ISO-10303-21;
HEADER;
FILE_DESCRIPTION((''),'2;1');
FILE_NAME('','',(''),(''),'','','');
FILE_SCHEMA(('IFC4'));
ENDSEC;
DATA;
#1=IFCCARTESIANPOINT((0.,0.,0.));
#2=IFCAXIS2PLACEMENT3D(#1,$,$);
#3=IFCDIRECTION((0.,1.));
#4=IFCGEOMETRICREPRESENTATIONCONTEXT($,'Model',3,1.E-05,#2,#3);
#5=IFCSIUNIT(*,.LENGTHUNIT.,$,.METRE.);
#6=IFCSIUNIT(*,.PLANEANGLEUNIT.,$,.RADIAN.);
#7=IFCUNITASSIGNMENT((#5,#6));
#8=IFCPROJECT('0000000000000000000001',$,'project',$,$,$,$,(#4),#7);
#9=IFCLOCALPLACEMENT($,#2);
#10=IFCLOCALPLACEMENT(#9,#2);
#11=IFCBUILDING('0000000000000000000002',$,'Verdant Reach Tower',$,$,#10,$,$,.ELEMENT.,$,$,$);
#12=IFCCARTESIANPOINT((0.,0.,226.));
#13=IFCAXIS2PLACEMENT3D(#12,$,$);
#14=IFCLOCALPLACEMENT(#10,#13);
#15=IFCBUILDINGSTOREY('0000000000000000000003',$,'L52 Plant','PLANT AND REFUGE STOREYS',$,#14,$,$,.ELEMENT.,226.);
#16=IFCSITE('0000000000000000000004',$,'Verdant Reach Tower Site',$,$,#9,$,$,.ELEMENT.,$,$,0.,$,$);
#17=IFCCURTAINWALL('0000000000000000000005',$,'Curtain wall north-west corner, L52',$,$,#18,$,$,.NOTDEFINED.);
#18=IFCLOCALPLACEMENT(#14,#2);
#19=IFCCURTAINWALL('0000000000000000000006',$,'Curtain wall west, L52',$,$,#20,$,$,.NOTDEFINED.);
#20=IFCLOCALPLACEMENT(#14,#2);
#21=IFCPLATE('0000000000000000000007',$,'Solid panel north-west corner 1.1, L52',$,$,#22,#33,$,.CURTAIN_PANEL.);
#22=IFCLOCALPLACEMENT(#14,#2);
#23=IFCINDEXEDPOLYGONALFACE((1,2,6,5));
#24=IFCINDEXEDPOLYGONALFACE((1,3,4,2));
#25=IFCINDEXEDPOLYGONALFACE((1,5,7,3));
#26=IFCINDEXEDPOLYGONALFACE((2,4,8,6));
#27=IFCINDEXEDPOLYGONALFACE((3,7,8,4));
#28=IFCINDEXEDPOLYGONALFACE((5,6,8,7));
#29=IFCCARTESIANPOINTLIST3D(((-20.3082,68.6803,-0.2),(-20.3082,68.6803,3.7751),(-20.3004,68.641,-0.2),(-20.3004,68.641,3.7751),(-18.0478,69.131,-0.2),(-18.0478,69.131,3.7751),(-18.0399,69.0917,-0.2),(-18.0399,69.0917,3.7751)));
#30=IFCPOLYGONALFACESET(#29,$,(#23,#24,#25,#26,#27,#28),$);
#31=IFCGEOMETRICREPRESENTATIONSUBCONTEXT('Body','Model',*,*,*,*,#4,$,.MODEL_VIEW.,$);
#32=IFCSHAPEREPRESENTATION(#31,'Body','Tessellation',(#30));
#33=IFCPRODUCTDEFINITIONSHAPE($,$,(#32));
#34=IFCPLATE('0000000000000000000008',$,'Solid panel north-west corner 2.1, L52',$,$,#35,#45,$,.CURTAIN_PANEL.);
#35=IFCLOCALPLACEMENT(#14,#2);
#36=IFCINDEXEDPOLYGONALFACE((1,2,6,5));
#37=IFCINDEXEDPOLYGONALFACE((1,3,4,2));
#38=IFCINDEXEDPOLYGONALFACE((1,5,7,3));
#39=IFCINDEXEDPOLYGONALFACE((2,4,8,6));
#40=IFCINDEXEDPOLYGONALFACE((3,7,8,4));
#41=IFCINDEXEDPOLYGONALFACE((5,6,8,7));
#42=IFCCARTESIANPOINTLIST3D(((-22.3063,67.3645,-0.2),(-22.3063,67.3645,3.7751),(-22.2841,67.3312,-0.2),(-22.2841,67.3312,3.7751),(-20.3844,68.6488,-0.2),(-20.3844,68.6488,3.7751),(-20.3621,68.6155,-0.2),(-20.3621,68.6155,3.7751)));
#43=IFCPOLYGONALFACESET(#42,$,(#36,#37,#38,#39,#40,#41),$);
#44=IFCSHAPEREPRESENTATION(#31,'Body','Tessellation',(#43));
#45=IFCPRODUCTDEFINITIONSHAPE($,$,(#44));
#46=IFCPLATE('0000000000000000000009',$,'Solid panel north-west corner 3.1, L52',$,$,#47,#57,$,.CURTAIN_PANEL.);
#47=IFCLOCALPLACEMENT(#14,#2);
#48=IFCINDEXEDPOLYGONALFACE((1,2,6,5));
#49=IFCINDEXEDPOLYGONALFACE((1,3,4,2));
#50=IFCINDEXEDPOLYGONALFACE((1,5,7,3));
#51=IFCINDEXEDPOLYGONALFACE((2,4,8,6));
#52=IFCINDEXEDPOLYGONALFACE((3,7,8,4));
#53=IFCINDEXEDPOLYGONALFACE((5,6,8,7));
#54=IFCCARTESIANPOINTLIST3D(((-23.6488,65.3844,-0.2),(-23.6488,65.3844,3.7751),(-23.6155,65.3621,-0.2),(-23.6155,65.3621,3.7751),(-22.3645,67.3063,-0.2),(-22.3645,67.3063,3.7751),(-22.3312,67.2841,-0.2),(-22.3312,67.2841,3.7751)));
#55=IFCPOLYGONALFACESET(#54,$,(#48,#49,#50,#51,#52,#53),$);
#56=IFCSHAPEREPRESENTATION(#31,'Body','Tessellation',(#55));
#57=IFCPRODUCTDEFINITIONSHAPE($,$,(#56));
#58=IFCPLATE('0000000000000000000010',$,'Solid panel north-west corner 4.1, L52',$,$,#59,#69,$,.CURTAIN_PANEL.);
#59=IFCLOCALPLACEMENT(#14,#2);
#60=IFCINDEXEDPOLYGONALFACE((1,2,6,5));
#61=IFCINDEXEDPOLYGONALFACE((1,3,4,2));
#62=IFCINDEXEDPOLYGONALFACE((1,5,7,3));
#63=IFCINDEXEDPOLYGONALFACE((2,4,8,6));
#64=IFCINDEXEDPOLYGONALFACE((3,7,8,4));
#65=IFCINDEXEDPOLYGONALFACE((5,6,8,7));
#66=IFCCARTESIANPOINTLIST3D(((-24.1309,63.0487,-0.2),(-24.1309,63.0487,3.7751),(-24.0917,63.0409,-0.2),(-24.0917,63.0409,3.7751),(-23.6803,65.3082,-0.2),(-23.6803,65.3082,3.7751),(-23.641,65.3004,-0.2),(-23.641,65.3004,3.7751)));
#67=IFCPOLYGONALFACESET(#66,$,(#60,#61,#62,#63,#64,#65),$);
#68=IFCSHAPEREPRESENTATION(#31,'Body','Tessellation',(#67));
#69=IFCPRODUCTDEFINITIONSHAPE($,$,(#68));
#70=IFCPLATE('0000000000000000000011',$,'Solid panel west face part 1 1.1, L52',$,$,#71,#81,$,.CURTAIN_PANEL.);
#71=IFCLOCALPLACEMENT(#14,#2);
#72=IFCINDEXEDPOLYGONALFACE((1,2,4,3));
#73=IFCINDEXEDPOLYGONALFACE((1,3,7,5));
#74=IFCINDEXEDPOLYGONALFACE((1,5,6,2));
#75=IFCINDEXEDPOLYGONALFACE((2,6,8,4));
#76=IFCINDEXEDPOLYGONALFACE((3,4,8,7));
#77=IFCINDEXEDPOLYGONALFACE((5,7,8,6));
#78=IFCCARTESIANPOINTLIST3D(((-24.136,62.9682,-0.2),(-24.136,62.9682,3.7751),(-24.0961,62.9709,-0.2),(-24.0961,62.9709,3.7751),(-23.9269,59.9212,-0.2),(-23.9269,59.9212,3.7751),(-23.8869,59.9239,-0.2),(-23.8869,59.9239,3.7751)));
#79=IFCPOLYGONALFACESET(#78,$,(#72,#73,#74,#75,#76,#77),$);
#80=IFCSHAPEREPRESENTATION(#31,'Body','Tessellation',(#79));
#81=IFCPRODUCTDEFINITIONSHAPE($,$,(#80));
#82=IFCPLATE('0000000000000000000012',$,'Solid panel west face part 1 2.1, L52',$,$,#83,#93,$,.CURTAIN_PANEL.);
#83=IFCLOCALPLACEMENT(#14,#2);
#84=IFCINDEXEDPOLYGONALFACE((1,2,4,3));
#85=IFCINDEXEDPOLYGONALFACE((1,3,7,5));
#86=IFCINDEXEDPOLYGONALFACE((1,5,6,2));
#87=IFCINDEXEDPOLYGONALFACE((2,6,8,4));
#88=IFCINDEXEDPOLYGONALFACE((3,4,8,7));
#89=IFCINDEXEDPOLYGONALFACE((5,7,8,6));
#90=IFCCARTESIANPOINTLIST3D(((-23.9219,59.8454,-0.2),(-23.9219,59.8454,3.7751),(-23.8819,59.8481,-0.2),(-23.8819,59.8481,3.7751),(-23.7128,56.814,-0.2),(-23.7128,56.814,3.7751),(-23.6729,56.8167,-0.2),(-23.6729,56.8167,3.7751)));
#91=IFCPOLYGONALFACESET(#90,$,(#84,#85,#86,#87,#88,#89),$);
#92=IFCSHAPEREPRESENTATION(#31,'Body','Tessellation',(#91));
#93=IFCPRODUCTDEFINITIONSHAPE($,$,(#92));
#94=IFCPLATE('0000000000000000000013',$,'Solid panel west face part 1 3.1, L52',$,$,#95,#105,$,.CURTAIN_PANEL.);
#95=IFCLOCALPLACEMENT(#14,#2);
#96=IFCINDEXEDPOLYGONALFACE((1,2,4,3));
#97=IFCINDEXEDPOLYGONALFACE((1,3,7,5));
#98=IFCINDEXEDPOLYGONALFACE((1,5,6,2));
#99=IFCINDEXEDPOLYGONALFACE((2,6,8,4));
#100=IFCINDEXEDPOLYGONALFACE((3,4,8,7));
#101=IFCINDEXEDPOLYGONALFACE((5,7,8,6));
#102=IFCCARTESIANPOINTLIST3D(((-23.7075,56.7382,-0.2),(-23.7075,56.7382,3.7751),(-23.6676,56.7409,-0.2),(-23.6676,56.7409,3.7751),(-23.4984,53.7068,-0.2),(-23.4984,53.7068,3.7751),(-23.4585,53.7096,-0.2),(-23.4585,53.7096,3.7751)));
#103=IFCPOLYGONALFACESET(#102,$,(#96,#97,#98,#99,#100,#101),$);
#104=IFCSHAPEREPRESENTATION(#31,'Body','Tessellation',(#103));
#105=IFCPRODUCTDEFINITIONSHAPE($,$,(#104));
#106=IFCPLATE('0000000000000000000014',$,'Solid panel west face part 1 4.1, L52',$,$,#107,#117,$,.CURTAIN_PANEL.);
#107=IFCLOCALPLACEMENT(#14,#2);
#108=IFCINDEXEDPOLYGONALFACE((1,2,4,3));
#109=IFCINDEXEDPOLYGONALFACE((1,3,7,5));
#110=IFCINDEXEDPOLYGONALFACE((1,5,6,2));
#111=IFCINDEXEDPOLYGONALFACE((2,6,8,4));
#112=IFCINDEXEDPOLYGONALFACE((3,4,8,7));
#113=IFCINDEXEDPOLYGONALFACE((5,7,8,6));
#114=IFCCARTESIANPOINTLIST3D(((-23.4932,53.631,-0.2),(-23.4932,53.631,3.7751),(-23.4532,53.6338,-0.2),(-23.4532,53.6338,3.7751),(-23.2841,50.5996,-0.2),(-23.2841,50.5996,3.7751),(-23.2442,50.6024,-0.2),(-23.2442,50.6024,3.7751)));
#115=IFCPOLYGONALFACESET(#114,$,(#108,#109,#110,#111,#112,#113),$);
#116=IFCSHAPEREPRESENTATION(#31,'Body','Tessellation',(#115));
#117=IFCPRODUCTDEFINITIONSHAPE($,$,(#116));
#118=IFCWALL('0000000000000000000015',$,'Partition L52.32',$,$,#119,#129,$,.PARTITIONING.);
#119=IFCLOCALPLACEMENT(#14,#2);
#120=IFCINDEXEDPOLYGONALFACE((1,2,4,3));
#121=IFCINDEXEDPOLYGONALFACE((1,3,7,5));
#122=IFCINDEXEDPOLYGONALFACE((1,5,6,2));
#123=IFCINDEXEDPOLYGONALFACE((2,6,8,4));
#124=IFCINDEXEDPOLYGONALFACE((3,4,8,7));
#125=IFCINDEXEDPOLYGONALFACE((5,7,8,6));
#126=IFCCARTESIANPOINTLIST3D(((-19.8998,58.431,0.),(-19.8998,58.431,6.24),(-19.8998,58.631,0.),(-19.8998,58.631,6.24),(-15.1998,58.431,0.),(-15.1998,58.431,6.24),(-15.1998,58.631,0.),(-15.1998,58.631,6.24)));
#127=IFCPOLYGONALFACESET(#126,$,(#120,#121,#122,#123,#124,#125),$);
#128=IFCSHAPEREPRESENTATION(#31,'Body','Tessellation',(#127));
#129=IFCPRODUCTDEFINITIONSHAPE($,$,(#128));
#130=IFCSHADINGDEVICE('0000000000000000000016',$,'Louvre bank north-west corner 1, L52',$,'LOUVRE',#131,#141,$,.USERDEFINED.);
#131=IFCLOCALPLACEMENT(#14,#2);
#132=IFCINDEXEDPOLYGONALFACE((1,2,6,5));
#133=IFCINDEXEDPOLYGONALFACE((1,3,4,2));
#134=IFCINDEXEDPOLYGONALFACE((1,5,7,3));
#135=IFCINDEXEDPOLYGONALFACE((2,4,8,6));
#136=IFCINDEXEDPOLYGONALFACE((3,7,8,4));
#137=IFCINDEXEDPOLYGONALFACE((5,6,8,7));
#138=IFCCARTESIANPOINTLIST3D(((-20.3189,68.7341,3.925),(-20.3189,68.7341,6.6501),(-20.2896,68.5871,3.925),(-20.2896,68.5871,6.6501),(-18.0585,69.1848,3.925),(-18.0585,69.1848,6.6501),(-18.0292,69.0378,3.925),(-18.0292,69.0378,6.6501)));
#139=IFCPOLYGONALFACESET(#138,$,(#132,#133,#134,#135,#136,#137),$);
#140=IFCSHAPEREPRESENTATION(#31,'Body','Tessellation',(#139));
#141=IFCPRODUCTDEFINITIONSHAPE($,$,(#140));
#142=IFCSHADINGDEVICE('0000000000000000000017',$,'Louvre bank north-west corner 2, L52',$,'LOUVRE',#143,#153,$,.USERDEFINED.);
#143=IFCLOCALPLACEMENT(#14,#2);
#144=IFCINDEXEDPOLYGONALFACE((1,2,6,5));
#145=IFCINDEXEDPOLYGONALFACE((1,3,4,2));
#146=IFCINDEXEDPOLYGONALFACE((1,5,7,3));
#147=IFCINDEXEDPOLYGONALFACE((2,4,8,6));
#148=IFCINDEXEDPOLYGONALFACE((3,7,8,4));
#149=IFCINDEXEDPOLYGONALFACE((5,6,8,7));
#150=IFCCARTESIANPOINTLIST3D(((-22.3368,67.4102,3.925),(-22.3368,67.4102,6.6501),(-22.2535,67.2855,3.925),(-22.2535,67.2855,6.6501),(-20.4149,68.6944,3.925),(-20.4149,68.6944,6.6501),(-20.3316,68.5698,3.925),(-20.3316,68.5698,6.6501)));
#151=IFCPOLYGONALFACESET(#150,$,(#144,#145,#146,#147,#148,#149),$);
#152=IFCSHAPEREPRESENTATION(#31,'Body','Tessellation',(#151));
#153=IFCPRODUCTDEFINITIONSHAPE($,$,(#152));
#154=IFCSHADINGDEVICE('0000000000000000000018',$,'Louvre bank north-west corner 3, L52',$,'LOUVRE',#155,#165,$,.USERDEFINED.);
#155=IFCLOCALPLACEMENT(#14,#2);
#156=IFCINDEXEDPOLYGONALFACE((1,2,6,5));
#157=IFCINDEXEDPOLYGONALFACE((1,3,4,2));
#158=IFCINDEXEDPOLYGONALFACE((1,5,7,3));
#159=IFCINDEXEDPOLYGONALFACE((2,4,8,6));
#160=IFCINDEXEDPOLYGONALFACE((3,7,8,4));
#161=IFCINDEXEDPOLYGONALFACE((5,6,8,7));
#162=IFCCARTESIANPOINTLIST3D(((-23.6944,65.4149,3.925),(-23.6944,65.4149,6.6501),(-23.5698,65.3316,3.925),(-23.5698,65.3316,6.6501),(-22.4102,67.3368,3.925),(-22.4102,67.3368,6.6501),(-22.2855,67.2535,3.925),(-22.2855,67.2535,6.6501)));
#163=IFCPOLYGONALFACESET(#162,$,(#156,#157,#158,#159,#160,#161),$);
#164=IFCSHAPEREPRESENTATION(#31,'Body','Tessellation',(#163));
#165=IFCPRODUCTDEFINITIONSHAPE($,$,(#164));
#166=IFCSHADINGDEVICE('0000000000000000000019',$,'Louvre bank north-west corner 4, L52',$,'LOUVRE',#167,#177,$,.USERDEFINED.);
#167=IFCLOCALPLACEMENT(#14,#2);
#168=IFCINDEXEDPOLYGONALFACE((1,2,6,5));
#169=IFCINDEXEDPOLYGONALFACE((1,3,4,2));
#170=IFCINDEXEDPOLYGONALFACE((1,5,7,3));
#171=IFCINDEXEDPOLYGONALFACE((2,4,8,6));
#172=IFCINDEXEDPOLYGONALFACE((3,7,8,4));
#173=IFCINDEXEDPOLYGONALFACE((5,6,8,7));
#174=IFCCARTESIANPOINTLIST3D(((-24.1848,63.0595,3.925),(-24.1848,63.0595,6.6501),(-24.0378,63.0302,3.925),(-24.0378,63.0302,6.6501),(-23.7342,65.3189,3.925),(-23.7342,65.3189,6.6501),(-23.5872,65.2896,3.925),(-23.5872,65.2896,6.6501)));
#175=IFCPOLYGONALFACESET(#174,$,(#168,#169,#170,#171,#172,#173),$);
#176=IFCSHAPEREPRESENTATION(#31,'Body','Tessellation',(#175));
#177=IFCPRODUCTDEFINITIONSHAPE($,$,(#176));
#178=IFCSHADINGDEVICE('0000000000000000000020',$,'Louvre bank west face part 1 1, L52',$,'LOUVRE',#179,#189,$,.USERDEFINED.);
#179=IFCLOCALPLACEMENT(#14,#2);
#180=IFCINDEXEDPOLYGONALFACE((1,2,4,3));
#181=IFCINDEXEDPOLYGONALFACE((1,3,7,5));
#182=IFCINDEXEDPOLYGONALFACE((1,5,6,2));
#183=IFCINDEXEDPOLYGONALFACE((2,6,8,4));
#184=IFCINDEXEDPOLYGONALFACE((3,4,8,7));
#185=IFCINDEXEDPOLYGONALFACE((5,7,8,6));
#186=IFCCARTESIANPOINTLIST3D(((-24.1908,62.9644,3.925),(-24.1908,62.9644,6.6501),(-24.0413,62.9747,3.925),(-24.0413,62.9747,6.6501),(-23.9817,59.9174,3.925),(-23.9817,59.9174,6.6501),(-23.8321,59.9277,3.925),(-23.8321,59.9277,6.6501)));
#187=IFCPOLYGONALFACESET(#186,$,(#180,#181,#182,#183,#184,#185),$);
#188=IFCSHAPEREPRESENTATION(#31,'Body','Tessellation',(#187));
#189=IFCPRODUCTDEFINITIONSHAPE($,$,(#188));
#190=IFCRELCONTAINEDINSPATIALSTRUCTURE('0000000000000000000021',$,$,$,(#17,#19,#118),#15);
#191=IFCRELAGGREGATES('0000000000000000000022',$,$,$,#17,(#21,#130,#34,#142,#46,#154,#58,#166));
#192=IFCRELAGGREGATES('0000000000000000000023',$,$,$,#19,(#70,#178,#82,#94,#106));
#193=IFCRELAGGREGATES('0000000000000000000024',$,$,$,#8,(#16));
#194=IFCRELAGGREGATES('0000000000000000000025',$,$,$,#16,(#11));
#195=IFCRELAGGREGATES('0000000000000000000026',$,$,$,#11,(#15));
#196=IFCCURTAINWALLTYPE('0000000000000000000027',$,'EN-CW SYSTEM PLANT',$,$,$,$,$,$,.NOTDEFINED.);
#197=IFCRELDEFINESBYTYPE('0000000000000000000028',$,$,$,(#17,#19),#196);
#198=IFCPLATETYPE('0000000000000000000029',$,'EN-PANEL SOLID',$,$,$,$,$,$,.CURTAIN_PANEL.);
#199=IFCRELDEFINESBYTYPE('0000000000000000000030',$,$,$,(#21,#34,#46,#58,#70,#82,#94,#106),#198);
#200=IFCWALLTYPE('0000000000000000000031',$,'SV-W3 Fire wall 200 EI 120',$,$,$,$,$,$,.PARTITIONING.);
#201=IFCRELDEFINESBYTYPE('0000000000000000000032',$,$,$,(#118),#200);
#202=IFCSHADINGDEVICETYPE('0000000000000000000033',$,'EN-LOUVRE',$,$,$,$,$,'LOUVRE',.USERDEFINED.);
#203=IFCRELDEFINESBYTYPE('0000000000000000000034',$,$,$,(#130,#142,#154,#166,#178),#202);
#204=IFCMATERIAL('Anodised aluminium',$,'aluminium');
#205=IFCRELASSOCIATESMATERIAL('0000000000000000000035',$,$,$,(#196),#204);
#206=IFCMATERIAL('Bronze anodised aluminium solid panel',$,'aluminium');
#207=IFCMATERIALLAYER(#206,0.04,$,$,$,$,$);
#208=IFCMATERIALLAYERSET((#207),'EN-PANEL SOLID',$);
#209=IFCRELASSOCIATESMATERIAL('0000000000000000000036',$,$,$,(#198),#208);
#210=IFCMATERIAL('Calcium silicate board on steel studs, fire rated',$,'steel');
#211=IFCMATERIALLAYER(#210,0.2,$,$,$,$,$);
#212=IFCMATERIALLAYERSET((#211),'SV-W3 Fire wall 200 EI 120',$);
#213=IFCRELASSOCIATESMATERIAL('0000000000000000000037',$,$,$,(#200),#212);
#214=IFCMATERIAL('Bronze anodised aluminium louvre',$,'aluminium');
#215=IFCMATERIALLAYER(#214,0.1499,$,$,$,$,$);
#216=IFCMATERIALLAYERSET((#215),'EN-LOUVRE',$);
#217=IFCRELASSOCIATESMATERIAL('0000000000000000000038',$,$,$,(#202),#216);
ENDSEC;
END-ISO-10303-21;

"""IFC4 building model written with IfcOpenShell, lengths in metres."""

from ifc_helpers import new_model, si_unit, direction, frame, frame_2d, origin, origin_2d, place, context, subcontext, project, spatial, rectangle, extrude, material, layer, layer_set, type_object, element, aggregate, save


model = new_model("IFC4")

# Units and contexts
model_context = context("Model", 3, precision=1e-05, world=origin(), true_north=direction((0.0, 1.0)))
body_context = subcontext(model_context, "Body", "Model", "MODEL_VIEW")
ifc_project = project(units=[si_unit("LENGTHUNIT", "METRE"), si_unit("PLANEANGLEUNIT", "RADIAN")], contexts=[model_context])

# Site, building, storey
site_placement = place(None, origin())
site = spatial("IfcSite", under=ifc_project, at=site_placement, Name="Verdant Reach Tower Site", CompositionType="ELEMENT", RefElevation=0.0)
building_placement = place(site_placement, origin())
building = spatial("IfcBuilding", under=site, at=building_placement, Name="Verdant Reach Tower", CompositionType="ELEMENT")
storey_placement = place(building_placement, frame((0.0, 0.0, 226.0)))
storey = spatial("IfcBuildingStorey", under=building, at=storey_placement, Name="L52 Plant", Description="PLANT AND REFUGE STOREYS", CompositionType="ELEMENT", Elevation=226.0)

# Curtain walls
ifc_material_1 = material(Name="Anodised aluminium", Category="aluminium")
curtain_wall_type = type_object("IfcCurtainWallType", Name="EN-CW SYSTEM PLANT", PredefinedType="NOTDEFINED", material=ifc_material_1)
curtain_wall_1_placement = place(storey_placement, origin())
curtain_wall_1 = element("IfcCurtainWall", 1, at=curtain_wall_1_placement, inside=storey, type_object=curtain_wall_type, Name="Curtain wall north-west corner, L52", PredefinedType="NOTDEFINED")
curtain_wall_2_placement = place(storey_placement, origin())
curtain_wall_2 = element("IfcCurtainWall", 2, at=curtain_wall_2_placement, inside=storey, type_object=curtain_wall_type, Name="Curtain wall west, L52", PredefinedType="NOTDEFINED")

# Plates
ifc_material_2 = material(Name="Bronze anodised aluminium solid panel", Category="aluminium")
ifc_layer_1 = layer(ifc_material_2, 0.04)
ifc_layer_set_1 = layer_set([ifc_layer_1], Name="EN-PANEL SOLID")
plate_type = type_object("IfcPlateType", Name="EN-PANEL SOLID", PredefinedType="CURTAIN_PANEL", material=ifc_layer_set_1)
plate_1_placement = place(storey_placement, frame((-19.1741, 68.886, -0.2), z_axis=(0.0, 0.0, 1.0), x_axis=(-0.980695, -0.195545, 0.0)))
plate_1 = element("IfcPlate", 3, at=plate_1_placement, type_object=plate_type, Name="Solid panel north-west corner 1.1, L52", PredefinedType="CURTAIN_PANEL", context=body_context, shape_type="SweptSolid", body=[
    extrude(rectangle(XDim=2.3049, YDim=0.04, at=origin_2d()), origin(), (0.0, 0.0, 1.0), 3.9751),
])
plate_2_placement = place(storey_placement, frame((-21.3342, 67.99, -0.2), z_axis=(0.0, 0.0, 1.0), x_axis=(-0.831452, -0.555596, 0.0)))
plate_2 = element("IfcPlate", 4, at=plate_2_placement, type_object=plate_type, Name="Solid panel north-west corner 2.1, L52", PredefinedType="CURTAIN_PANEL", context=body_context, shape_type="SweptSolid", body=[
    extrude(rectangle(XDim=2.3115, YDim=0.04, at=origin_2d()), origin(), (0.0, 0.0, 1.0), 3.9751),
])
plate_3_placement = place(storey_placement, frame((-22.99, 66.3342, -0.2), z_axis=(0.0, 0.0, 1.0), x_axis=(-0.555596, -0.831452, 0.0)))
plate_3 = element("IfcPlate", 5, at=plate_3_placement, type_object=plate_type, Name="Solid panel north-west corner 3.1, L52", PredefinedType="CURTAIN_PANEL", context=body_context, shape_type="SweptSolid", body=[
    extrude(rectangle(XDim=2.3115, YDim=0.04, at=origin_2d()), origin(), (0.0, 0.0, 1.0), 3.9751),
])
plate_4_placement = place(storey_placement, frame((-23.886, 64.1746, -0.2), z_axis=(0.0, 0.0, 1.0), x_axis=(-0.195593, -0.980685, 0.0)))
plate_4 = element("IfcPlate", 6, at=plate_4_placement, type_object=plate_type, Name="Solid panel north-west corner 4.1, L52", PredefinedType="CURTAIN_PANEL", context=body_context, shape_type="SweptSolid", body=[
    extrude(rectangle(XDim=2.304, YDim=0.04, at=origin_2d()), origin(), (0.0, 0.0, 1.0), 3.9751),
])
plate_5_placement = place(storey_placement, frame((-24.0115, 61.446, -0.2), z_axis=(0.0, 0.0, 1.0), x_axis=(0.068469, -0.997653, 0.0)))
plate_5 = element("IfcPlate", 7, at=plate_5_placement, type_object=plate_type, Name="Solid panel west face part 1 1.1, L52", PredefinedType="CURTAIN_PANEL", context=body_context, shape_type="SweptSolid", body=[
    extrude(rectangle(XDim=3.0542, YDim=0.04, at=origin_2d()), origin(), (0.0, 0.0, 1.0), 3.9751),
])
plate_6_placement = place(storey_placement, frame((-23.7974, 58.3311, -0.2), z_axis=(0.0, 0.0, 1.0), x_axis=(0.068802, -0.99763, 0.0)))
plate_6 = element("IfcPlate", 8, at=plate_6_placement, type_object=plate_type, Name="Solid panel west face part 1 2.1, L52", PredefinedType="CURTAIN_PANEL", context=body_context, shape_type="SweptSolid", body=[
    extrude(rectangle(XDim=3.0386, YDim=0.04, at=origin_2d()), origin(), (0.0, 0.0, 1.0), 3.9751),
])
plate_7_placement = place(storey_placement, frame((-23.583, 55.2239, -0.2), z_axis=(0.0, 0.0, 1.0), x_axis=(0.068802, -0.99763, 0.0)))
plate_7 = element("IfcPlate", 9, at=plate_7_placement, type_object=plate_type, Name="Solid panel west face part 1 3.1, L52", PredefinedType="CURTAIN_PANEL", context=body_context, shape_type="SweptSolid", body=[
    extrude(rectangle(XDim=3.0386, YDim=0.04, at=origin_2d()), origin(), (0.0, 0.0, 1.0), 3.9751),
])
plate_8_placement = place(storey_placement, frame((-23.3687, 52.1167, -0.2), z_axis=(0.0, 0.0, 1.0), x_axis=(0.068802, -0.99763, 0.0)))
plate_8 = element("IfcPlate", 10, at=plate_8_placement, type_object=plate_type, Name="Solid panel west face part 1 4.1, L52", PredefinedType="CURTAIN_PANEL", context=body_context, shape_type="SweptSolid", body=[
    extrude(rectangle(XDim=3.0386, YDim=0.04, at=origin_2d()), origin(), (0.0, 0.0, 1.0), 3.9751),
])

# Wall
ifc_material_3 = material(Name="Calcium silicate board on steel studs, fire rated", Category="steel")
ifc_layer_2 = layer(ifc_material_3, 0.2)
ifc_layer_set_2 = layer_set([ifc_layer_2], Name="SV-W3 Fire wall 200 EI 120")
wall_type = type_object("IfcWallType", Name="SV-W3 Fire wall 200 EI 120", PredefinedType="PARTITIONING", material=ifc_layer_set_2)
wall_placement = place(storey_placement, frame((-19.8999, 58.531, 0.0), z_axis=(0.0, 0.0, 1.0), x_axis=(1.0, 0.0, 0.0)))
element("IfcWall", 11, at=wall_placement, inside=storey, type_object=wall_type, Name="Partition L52.32", PredefinedType="PARTITIONING", context=body_context, shape_type="SweptSolid", body=[
    extrude(rectangle(XDim=4.7, YDim=0.2, at=frame_2d((2.3501, 0.0))), origin(), (0.0, 0.0, 1.0), 6.24),
])

# Shading devices
ifc_material_4 = material(Name="Bronze anodised aluminium louvre", Category="aluminium")
ifc_layer_3 = layer(ifc_material_4, 0.1499)
ifc_layer_set_3 = layer_set([ifc_layer_3], Name="EN-LOUVRE")
shading_device_type = type_object("IfcShadingDeviceType", Name="EN-LOUVRE", ElementType="LOUVRE", PredefinedType="USERDEFINED", material=ifc_layer_set_3)
shading_device_1_placement = place(storey_placement, frame((-19.1741, 68.886, 3.925), z_axis=(0.0, 0.0, 1.0), x_axis=(-0.980695, -0.195545, 0.0)))
shading_device_1 = element("IfcShadingDevice", 12, at=shading_device_1_placement, type_object=shading_device_type, Name="Louvre bank north-west corner 1, L52", ObjectType="LOUVRE", PredefinedType="USERDEFINED", context=body_context, shape_type="SweptSolid", body=[
    extrude(rectangle(XDim=2.3049, YDim=0.1499, at=origin_2d()), origin(), (0.0, 0.0, 1.0), 2.7251),
])
shading_device_2_placement = place(storey_placement, frame((-21.3342, 67.99, 3.925), z_axis=(0.0, 0.0, 1.0), x_axis=(-0.831452, -0.555596, 0.0)))
shading_device_2 = element("IfcShadingDevice", 13, at=shading_device_2_placement, type_object=shading_device_type, Name="Louvre bank north-west corner 2, L52", ObjectType="LOUVRE", PredefinedType="USERDEFINED", context=body_context, shape_type="SweptSolid", body=[
    extrude(rectangle(XDim=2.3115, YDim=0.1499, at=origin_2d()), origin(), (0.0, 0.0, 1.0), 2.7251),
])
shading_device_3_placement = place(storey_placement, frame((-22.99, 66.3342, 3.925), z_axis=(0.0, 0.0, 1.0), x_axis=(-0.555596, -0.831452, 0.0)))
shading_device_3 = element("IfcShadingDevice", 14, at=shading_device_3_placement, type_object=shading_device_type, Name="Louvre bank north-west corner 3, L52", ObjectType="LOUVRE", PredefinedType="USERDEFINED", context=body_context, shape_type="SweptSolid", body=[
    extrude(rectangle(XDim=2.3115, YDim=0.1499, at=origin_2d()), origin(), (0.0, 0.0, 1.0), 2.7251),
])
shading_device_4_placement = place(storey_placement, frame((-23.886, 64.1746, 3.925), z_axis=(0.0, 0.0, 1.0), x_axis=(-0.195593, -0.980685, 0.0)))
shading_device_4 = element("IfcShadingDevice", 15, at=shading_device_4_placement, type_object=shading_device_type, Name="Louvre bank north-west corner 4, L52", ObjectType="LOUVRE", PredefinedType="USERDEFINED", context=body_context, shape_type="SweptSolid", body=[
    extrude(rectangle(XDim=2.304, YDim=0.1499, at=origin_2d()), origin(), (0.0, 0.0, 1.0), 2.7251),
])
aggregate(curtain_wall_1, [plate_1, shading_device_1, plate_2, shading_device_2, plate_3, shading_device_3, plate_4, shading_device_4])
shading_device_5_placement = place(storey_placement, frame((-24.0115, 61.446, 3.925), z_axis=(0.0, 0.0, 1.0), x_axis=(0.068469, -0.997653, 0.0)))
shading_device_5 = element("IfcShadingDevice", 16, at=shading_device_5_placement, type_object=shading_device_type, Name="Louvre bank west face part 1 1, L52", ObjectType="LOUVRE", PredefinedType="USERDEFINED", context=body_context, shape_type="SweptSolid", body=[
    extrude(rectangle(XDim=3.0542, YDim=0.1499, at=origin_2d()), origin(), (0.0, 0.0, 1.0), 2.7251),
])
aggregate(curtain_wall_2, [plate_5, shading_device_5, plate_6, plate_7, plate_8])

save(model, "model.ifc")
